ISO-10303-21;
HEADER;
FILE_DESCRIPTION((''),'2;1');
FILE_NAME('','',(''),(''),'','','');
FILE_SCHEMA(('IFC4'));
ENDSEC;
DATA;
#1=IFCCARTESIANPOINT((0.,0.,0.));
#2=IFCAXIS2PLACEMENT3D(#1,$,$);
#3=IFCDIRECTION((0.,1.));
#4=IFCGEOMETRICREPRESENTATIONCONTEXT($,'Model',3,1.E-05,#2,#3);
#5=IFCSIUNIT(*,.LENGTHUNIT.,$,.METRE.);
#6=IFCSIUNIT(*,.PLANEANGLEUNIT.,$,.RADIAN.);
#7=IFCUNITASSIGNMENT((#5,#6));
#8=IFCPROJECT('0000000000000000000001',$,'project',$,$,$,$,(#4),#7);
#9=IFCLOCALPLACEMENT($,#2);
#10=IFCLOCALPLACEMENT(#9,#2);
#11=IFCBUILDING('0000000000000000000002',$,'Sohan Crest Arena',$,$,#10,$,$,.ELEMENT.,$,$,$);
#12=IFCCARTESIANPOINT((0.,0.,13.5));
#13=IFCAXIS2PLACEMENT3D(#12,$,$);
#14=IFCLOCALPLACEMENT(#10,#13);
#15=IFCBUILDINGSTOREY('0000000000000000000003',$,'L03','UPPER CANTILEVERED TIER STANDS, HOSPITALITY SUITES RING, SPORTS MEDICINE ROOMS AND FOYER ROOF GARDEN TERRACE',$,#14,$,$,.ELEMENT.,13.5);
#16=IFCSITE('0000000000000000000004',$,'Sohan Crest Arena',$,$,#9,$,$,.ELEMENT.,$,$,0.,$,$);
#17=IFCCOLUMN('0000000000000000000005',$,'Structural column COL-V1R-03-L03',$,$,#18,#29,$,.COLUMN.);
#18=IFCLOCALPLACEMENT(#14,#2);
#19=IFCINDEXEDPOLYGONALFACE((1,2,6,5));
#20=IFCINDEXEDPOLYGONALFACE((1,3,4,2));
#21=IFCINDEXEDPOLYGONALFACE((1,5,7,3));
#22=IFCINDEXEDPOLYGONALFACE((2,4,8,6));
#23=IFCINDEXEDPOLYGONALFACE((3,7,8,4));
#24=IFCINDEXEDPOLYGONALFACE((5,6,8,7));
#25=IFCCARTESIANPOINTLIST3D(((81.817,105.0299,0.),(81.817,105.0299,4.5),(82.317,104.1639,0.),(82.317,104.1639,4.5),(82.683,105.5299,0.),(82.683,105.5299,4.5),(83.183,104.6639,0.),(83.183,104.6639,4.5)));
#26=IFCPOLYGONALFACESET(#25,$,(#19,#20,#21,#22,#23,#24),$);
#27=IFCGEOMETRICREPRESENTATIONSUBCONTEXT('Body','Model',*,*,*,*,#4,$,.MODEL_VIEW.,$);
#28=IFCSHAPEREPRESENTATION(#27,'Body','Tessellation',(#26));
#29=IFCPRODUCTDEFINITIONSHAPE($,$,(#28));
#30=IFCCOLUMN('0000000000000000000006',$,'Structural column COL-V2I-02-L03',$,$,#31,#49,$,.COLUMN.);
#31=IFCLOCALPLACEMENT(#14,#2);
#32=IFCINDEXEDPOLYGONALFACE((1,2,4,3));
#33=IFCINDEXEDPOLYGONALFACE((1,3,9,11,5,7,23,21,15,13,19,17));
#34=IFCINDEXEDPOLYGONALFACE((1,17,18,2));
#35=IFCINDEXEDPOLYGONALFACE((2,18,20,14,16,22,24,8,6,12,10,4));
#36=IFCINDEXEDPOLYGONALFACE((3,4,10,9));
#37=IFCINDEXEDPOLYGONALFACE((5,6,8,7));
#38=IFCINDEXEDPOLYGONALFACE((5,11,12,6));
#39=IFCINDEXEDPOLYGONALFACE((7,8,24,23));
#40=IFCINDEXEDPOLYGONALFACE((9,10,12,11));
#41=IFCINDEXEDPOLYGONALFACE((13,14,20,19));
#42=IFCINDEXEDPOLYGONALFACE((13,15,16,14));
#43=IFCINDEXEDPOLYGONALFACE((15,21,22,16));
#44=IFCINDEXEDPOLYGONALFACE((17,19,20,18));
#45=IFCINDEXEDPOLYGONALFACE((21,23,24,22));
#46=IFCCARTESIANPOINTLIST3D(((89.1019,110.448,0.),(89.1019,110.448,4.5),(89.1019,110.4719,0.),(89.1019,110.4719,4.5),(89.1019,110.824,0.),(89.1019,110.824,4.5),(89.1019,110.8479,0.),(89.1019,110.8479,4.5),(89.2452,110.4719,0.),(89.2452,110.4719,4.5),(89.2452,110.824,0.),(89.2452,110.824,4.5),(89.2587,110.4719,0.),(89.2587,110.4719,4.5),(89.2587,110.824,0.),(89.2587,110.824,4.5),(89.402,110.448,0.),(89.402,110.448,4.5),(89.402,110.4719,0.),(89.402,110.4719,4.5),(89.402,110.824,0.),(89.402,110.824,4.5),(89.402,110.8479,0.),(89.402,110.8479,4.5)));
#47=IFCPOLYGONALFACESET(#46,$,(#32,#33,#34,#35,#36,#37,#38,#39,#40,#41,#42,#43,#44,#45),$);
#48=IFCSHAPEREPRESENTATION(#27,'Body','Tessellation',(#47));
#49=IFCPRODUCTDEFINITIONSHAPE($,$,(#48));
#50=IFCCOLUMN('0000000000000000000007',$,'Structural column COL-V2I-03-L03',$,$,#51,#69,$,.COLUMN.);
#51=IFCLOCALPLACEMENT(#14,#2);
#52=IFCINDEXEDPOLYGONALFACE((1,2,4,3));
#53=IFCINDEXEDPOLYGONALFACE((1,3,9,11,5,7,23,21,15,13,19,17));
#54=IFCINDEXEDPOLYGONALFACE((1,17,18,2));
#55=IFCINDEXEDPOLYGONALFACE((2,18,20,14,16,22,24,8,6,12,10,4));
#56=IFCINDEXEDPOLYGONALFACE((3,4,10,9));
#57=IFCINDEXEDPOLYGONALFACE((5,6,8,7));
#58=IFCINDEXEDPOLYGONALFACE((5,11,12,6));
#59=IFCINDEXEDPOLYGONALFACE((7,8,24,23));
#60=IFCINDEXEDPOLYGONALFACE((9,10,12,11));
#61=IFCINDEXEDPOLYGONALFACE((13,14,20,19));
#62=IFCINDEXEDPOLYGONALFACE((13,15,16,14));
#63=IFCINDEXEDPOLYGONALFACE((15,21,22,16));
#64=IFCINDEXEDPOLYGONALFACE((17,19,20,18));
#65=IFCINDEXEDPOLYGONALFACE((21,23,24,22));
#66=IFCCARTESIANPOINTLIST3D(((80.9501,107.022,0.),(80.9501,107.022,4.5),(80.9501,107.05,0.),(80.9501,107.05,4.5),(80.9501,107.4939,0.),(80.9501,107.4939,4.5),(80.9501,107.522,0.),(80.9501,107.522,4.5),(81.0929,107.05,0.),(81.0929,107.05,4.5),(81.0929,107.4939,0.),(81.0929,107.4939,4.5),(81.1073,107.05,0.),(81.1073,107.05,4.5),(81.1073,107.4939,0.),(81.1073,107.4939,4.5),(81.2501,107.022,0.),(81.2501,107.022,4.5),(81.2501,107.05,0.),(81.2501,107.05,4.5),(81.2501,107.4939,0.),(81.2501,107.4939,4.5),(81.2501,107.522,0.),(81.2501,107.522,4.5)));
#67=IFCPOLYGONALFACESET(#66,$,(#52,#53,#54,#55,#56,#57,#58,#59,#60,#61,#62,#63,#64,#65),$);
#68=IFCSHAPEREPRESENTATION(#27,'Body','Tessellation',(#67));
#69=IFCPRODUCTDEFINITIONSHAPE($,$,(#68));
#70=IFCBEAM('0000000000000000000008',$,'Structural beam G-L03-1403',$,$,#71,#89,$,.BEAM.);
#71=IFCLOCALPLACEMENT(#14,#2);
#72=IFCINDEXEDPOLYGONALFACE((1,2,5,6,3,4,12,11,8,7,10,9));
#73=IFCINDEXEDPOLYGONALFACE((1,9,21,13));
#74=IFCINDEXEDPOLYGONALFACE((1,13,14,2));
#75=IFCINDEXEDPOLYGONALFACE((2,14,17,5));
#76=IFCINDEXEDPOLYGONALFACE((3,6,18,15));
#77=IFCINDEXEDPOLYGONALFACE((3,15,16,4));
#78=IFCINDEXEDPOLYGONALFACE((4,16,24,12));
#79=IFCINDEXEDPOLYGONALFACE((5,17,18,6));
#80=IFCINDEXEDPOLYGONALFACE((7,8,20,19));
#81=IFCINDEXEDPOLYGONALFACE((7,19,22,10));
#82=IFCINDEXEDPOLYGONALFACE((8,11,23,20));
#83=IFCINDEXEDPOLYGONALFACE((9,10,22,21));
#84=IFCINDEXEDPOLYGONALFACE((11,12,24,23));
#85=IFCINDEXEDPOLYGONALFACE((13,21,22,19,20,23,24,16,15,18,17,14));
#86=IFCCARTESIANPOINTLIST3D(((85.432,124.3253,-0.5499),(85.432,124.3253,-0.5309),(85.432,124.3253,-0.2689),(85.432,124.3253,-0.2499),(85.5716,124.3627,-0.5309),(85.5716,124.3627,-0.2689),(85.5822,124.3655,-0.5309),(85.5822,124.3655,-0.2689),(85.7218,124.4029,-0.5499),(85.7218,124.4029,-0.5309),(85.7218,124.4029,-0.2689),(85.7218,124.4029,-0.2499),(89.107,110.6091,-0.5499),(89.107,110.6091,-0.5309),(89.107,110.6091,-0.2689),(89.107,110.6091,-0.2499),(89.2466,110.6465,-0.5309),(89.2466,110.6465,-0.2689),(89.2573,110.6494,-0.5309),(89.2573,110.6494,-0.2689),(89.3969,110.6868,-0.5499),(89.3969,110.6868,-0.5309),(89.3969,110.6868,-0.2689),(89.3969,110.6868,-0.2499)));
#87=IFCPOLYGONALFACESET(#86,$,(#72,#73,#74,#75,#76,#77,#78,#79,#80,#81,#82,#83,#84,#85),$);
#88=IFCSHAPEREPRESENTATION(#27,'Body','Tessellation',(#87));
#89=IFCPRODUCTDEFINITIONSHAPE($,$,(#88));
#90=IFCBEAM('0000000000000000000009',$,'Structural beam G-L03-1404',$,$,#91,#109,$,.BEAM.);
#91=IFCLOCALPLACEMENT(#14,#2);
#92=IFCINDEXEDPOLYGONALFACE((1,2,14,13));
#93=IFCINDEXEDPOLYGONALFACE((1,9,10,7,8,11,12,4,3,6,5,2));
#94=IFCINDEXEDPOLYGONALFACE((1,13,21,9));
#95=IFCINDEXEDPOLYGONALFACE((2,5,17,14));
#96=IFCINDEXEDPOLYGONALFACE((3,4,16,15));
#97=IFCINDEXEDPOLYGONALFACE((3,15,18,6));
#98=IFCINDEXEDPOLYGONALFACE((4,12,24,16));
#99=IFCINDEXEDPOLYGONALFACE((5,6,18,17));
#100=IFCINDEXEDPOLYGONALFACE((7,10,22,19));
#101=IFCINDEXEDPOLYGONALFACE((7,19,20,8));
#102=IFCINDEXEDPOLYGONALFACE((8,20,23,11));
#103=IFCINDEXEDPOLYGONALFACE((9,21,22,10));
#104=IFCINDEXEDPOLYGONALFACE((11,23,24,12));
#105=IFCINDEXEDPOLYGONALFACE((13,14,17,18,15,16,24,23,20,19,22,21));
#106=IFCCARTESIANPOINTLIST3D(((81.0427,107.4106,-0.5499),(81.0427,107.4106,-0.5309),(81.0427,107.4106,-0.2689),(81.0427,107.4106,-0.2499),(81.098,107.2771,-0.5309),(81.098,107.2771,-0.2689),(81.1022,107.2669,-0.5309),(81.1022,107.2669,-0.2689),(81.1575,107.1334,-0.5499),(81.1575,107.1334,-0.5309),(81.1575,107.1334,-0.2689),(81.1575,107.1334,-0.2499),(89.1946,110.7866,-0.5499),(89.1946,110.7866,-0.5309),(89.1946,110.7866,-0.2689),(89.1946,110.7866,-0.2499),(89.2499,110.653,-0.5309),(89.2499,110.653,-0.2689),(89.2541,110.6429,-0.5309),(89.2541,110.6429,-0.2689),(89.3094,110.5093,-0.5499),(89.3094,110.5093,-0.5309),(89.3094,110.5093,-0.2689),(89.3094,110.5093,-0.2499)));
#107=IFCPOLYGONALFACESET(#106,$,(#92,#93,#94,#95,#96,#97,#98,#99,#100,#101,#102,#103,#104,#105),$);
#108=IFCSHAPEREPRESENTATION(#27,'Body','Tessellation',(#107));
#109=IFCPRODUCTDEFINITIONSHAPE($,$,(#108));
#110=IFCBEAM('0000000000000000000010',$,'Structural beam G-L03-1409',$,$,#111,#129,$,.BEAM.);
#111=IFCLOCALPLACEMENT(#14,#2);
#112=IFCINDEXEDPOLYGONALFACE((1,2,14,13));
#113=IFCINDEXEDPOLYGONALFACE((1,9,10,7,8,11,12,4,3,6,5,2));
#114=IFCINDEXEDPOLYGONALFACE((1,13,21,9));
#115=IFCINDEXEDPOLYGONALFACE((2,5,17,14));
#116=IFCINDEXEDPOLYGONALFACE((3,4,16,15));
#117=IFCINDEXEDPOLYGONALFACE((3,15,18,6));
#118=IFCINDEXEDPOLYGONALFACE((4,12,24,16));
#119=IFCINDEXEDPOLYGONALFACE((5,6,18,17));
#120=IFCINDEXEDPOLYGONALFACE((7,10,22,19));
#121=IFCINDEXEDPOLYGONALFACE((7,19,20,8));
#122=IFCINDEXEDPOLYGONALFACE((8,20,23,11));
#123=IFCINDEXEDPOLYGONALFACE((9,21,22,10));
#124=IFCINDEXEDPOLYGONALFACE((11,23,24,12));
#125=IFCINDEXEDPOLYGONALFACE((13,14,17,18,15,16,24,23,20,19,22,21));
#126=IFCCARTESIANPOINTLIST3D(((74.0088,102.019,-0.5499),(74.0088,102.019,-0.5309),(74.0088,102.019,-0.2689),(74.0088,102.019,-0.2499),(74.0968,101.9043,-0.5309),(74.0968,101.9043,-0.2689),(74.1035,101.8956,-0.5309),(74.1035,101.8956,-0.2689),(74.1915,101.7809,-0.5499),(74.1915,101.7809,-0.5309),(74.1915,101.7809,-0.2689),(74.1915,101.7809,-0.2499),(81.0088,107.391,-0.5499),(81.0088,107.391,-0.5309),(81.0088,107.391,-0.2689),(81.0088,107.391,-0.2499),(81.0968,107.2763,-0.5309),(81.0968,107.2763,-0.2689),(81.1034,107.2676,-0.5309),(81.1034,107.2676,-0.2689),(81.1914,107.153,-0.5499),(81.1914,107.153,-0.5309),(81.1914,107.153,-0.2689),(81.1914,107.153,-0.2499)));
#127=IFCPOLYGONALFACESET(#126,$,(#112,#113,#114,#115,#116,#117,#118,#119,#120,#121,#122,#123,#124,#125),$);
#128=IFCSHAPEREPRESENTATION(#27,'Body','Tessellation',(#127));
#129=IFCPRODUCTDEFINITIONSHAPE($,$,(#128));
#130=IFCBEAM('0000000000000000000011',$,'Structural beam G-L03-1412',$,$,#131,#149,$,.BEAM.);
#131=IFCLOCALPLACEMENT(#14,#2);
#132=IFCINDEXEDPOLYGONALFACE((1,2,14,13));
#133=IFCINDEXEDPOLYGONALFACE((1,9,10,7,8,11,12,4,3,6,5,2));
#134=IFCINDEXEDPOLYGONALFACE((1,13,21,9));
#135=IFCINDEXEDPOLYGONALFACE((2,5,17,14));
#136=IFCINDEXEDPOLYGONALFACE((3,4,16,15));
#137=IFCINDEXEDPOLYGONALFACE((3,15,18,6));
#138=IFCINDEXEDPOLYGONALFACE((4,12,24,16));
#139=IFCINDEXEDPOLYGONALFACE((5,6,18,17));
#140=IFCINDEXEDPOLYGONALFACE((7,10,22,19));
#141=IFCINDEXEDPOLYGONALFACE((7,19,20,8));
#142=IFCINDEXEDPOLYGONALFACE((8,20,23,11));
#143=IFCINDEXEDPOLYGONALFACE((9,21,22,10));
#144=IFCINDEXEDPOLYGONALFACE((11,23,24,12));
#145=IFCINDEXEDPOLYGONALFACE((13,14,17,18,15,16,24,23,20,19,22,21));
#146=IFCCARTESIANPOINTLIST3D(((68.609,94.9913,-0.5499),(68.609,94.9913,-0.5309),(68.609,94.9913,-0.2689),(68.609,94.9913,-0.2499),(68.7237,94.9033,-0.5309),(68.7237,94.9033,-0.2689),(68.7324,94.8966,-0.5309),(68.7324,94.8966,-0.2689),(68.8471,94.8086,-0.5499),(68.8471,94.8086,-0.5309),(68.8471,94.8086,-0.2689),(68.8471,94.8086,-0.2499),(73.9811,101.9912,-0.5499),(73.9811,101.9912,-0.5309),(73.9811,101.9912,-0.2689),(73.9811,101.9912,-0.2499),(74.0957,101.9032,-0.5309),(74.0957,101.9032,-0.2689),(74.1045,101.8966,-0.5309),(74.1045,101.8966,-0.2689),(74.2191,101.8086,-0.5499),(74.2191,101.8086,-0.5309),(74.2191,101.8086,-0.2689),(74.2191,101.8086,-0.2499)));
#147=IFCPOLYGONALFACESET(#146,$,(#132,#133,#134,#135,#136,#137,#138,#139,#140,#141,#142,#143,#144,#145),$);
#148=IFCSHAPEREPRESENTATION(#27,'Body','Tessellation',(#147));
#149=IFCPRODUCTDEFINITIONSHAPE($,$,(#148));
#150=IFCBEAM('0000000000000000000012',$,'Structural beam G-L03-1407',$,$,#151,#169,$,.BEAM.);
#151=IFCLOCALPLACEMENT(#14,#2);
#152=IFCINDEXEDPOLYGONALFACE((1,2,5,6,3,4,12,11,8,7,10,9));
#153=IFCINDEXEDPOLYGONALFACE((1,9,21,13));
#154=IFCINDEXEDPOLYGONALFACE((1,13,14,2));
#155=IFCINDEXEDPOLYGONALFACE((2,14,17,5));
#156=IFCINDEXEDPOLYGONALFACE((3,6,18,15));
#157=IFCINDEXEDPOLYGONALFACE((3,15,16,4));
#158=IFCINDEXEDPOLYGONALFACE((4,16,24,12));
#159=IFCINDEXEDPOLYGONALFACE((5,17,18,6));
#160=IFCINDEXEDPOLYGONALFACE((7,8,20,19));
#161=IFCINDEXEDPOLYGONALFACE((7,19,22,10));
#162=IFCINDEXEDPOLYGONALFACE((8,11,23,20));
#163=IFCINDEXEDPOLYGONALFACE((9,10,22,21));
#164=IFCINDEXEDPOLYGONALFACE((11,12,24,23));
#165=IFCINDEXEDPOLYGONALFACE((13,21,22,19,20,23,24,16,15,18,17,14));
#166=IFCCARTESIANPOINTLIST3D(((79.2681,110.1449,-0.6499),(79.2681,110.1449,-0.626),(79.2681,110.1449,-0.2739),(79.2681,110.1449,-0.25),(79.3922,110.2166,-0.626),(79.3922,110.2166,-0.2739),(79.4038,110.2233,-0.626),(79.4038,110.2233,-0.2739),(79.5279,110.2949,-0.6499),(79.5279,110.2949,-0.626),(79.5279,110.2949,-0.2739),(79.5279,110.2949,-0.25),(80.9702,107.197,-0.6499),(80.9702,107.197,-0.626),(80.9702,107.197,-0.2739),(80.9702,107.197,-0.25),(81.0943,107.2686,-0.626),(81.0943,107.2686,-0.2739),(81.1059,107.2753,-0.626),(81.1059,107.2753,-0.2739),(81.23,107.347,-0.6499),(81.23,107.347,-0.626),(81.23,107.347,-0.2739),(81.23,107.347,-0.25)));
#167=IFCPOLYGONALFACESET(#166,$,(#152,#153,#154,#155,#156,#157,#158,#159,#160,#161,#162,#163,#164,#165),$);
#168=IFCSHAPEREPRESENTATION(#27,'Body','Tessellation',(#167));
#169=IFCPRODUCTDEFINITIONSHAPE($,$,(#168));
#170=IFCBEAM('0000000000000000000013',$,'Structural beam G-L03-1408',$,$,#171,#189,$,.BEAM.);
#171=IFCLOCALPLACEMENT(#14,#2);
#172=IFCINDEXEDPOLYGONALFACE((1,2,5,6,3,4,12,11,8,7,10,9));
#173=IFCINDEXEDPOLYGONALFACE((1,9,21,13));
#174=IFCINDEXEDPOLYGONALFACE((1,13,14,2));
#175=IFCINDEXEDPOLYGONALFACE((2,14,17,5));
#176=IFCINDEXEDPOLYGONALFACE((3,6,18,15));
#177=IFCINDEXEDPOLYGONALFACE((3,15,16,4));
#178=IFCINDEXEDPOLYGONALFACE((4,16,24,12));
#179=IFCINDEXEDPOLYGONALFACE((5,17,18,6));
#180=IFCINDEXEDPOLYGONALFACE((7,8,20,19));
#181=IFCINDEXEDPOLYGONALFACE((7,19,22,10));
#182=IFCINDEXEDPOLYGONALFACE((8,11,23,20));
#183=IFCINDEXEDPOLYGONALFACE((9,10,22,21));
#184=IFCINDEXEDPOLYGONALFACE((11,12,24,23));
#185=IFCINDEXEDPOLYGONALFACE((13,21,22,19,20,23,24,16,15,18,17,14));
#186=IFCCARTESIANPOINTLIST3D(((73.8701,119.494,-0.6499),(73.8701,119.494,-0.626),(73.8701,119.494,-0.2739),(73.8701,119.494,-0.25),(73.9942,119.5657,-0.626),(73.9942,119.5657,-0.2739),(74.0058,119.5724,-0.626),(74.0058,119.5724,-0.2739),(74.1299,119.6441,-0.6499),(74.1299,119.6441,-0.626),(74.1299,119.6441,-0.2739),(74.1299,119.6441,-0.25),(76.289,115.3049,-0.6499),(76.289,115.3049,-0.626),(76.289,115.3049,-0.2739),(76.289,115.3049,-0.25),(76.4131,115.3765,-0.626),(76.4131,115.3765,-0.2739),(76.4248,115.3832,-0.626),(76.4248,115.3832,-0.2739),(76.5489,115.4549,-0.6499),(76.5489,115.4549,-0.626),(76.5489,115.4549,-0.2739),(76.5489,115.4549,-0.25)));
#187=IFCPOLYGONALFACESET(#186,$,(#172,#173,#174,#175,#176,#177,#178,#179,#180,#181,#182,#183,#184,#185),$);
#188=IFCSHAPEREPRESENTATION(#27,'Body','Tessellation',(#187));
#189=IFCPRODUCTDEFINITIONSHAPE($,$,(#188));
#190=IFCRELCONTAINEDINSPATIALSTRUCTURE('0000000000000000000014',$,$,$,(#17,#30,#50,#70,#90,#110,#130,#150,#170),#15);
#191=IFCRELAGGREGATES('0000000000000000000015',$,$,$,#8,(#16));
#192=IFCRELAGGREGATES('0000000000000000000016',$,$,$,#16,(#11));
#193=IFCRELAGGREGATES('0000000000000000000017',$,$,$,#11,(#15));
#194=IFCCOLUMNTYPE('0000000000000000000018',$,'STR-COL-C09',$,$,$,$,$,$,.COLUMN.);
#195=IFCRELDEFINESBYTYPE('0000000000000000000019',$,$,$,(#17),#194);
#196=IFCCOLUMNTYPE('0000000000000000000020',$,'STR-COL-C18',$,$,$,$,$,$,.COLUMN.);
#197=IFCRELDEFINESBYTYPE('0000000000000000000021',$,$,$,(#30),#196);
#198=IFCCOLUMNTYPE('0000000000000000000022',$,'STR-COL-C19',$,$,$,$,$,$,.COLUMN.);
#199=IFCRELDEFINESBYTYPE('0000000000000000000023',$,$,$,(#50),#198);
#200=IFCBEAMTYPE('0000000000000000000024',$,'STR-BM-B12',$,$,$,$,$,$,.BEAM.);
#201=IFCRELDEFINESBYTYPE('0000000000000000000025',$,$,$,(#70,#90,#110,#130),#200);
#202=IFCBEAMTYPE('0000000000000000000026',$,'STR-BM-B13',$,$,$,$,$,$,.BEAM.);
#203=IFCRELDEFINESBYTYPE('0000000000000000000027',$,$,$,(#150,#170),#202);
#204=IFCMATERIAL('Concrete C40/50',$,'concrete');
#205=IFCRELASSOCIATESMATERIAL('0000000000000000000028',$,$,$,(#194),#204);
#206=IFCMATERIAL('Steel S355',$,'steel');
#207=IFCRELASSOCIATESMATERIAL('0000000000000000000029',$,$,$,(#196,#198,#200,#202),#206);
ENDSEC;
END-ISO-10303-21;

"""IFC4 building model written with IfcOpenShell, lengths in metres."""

from ifc_helpers import new_model, si_unit, direction, frame, origin, origin_2d, place, context, subcontext, project, spatial, rectangle, i_section, extrude, material, material_profile, profile_set, type_object, element, save


model = new_model("IFC4")

# Units and contexts
model_context = context("Model", 3, precision=1e-05, world=origin(), true_north=direction((0.0, 1.0)))
body_context = subcontext(model_context, "Body", "Model", "MODEL_VIEW")
ifc_project = project(units=[si_unit("LENGTHUNIT", "METRE"), si_unit("PLANEANGLEUNIT", "RADIAN")], contexts=[model_context])

# Site, building, storey
site_placement = place(None, origin())
site = spatial("IfcSite", under=ifc_project, at=site_placement, Name="Sohan Crest Arena", CompositionType="ELEMENT", RefElevation=0.0)
building_placement = place(site_placement, origin())
building = spatial("IfcBuilding", under=site, at=building_placement, Name="Sohan Crest Arena", CompositionType="ELEMENT")
storey_placement = place(building_placement, frame((0.0, 0.0, 13.5)))
storey = spatial("IfcBuildingStorey", under=building, at=storey_placement, Name="L03", Description="UPPER CANTILEVERED TIER STANDS, HOSPITALITY SUITES RING, SPORTS MEDICINE ROOMS AND FOYER ROOF GARDEN TERRACE", CompositionType="ELEMENT", Elevation=13.5)

# Columns
ifc_material_1 = material(Name="Concrete C40/50", Category="concrete")
ifc_material_profile_1 = material_profile(ifc_material_1, rectangle(XDim=1.0, YDim=1.0, at=origin_2d()), Name="RC 1000x1000")
ifc_profile_set_1 = profile_set([ifc_material_profile_1], Name="Concrete C40/50")
column_type_1 = type_object("IfcColumnType", Name="STR-COL-C09", PredefinedType="COLUMN", material=ifc_profile_set_1)
column_1_placement = place(storey_placement, frame((82.5, 104.8469, 0.0), z_axis=(0.0, 0.0, 1.0), x_axis=(-0.5, 0.866025, 0.0)))
element("IfcColumn", 1, at=column_1_placement, inside=storey, type_object=column_type_1, Name="Structural column COL-V1R-03-L03", PredefinedType="COLUMN", context=body_context, shape_type="SweptSolid", body=[
    extrude(rectangle(XDim=1.0, YDim=1.0, at=origin_2d()), origin(), (0.0, 0.0, 1.0), 4.5),
])
ifc_material_2 = material(Name="Steel S355", Category="steel")
ifc_material_profile_2 = material_profile(ifc_material_2, i_section(OverallWidth=0.3, OverallDepth=0.3999, WebThickness=0.0134, FlangeThickness=0.0239, at=origin_2d()), Name="HEB 400")
ifc_profile_set_2 = profile_set([ifc_material_profile_2], Name="Steel S355")
column_type_2 = type_object("IfcColumnType", Name="STR-COL-C18", PredefinedType="COLUMN", material=ifc_profile_set_2)
column_2_placement = place(storey_placement, frame((89.252, 110.6479, 0.0), z_axis=(0.0, 0.0, 1.0), x_axis=(1.0, 0.0, 0.0)))
element("IfcColumn", 2, at=column_2_placement, inside=storey, type_object=column_type_2, Name="Structural column COL-V2I-02-L03", PredefinedType="COLUMN", context=body_context, shape_type="SweptSolid", body=[
    extrude(i_section(OverallWidth=0.3, OverallDepth=0.3999, WebThickness=0.0134, FlangeThickness=0.0239, at=origin_2d()), origin(), (0.0, 0.0, 1.0), 4.5),
])
ifc_material_profile_3 = material_profile(ifc_material_2, i_section(OverallWidth=0.3, OverallDepth=0.5, WebThickness=0.0144, FlangeThickness=0.0281, at=origin_2d()), Name="HEB 500")
ifc_profile_set_3 = profile_set([ifc_material_profile_3], Name="Steel S355")
column_type_3 = type_object("IfcColumnType", Name="STR-COL-C19", PredefinedType="COLUMN", material=ifc_profile_set_3)
column_3_placement = place(storey_placement, frame((81.1001, 107.272, 0.0), z_axis=(0.0, 0.0, 1.0), x_axis=(1.0, 0.0, 0.0)))
element("IfcColumn", 3, at=column_3_placement, inside=storey, type_object=column_type_3, Name="Structural column COL-V2I-03-L03", PredefinedType="COLUMN", context=body_context, shape_type="SweptSolid", body=[
    extrude(i_section(OverallWidth=0.3, OverallDepth=0.5, WebThickness=0.0144, FlangeThickness=0.0281, at=origin_2d()), origin(), (0.0, 0.0, 1.0), 4.5),
])

# Beams
ifc_material_profile_4 = material_profile(ifc_material_2, i_section(OverallWidth=0.3, OverallDepth=0.3, WebThickness=0.011, FlangeThickness=0.019, at=origin_2d()), Name="HEB 300")
ifc_profile_set_4 = profile_set([ifc_material_profile_4], Name="Steel S355")
beam_type_1 = type_object("IfcBeamType", Name="STR-BM-B12", PredefinedType="BEAM", material=ifc_profile_set_4)
beam_1_placement = place(storey_placement, frame((89.252, 110.6479, -0.3999), z_axis=(-0.258809, 0.965929, 0.0), x_axis=(-0.965929, -0.258809, 0.0)))
element("IfcBeam", 4, at=beam_1_placement, inside=storey, type_object=beam_type_1, Name="Structural beam G-L03-1403", PredefinedType="BEAM", context=body_context, shape_type="SweptSolid", body=[
    extrude(i_section(OverallWidth=0.3, OverallDepth=0.3, WebThickness=0.011, FlangeThickness=0.019, at=origin_2d()), origin(), (0.0, 0.0, 1.0), 14.2),
])
beam_2_placement = place(storey_placement, frame((89.252, 110.6479, -0.3999), z_axis=(-0.923905, -0.382622, 0.0), x_axis=(0.382622, -0.923905, 0.0)))
element("IfcBeam", 5, at=beam_2_placement, inside=storey, type_object=beam_type_1, Name="Structural beam G-L03-1404", PredefinedType="BEAM", context=body_context, shape_type="SweptSolid", body=[
    extrude(i_section(OverallWidth=0.3, OverallDepth=0.3, WebThickness=0.011, FlangeThickness=0.019, at=origin_2d()), origin(), (0.0, 0.0, 1.0), 8.8232),
])
for number, where, z_axis, x_axis, name in (
    (6, (81.1001, 107.272, -0.3999), (-0.793311, -0.608817, 0.0), (0.608817, -0.793311, 0.0), "Structural beam G-L03-1409"),
    (7, (74.1001, 101.8999, -0.3999), (-0.608817, -0.793311, 0.0), (0.793311, -0.608817, 0.0), "Structural beam G-L03-1412"),
):
    element("IfcBeam", number, at=place(storey_placement, frame(where, z_axis=z_axis, x_axis=x_axis)), inside=storey, type_object=beam_type_1, Name=name, PredefinedType="BEAM", context=body_context, shape_type="SweptSolid", body=[
        extrude(i_section(OverallWidth=0.3, OverallDepth=0.3, WebThickness=0.011, FlangeThickness=0.019, at=origin_2d()), origin(), (0.0, 0.0, 1.0), 8.8237),
    ])
ifc_material_profile_5 = material_profile(ifc_material_2, i_section(OverallWidth=0.3, OverallDepth=0.3999, WebThickness=0.0134, FlangeThickness=0.0239, at=origin_2d()), Name="HEB 400")
ifc_profile_set_5 = profile_set([ifc_material_profile_5], Name="Steel S355")
beam_type_2 = type_object("IfcBeamType", Name="STR-BM-B13", PredefinedType="BEAM", material=ifc_profile_set_5)
beam_3_placement = place(storey_placement, frame((81.1001, 107.272, -0.45), z_axis=(-0.500027, 0.86601, 0.0), x_axis=(-0.86601, -0.500027, 0.0)))
element("IfcBeam", 8, at=beam_3_placement, inside=storey, type_object=beam_type_2, Name="Structural beam G-L03-1407", PredefinedType="BEAM", context=body_context, shape_type="SweptSolid", body=[
    extrude(i_section(OverallWidth=0.3, OverallDepth=0.3999, WebThickness=0.0134, FlangeThickness=0.0239, at=origin_2d()), origin(), (0.0, 0.0, 1.0), 3.4041),
])
beam_4_placement = place(storey_placement, frame((76.4189, 115.3799, -0.45), z_axis=(-0.500047, 0.865998, 0.0), x_axis=(-0.865998, -0.500047, 0.0)))
element("IfcBeam", 9, at=beam_4_placement, inside=storey, type_object=beam_type_2, Name="Structural beam G-L03-1408", PredefinedType="BEAM", context=body_context, shape_type="SweptSolid", body=[
    extrude(i_section(OverallWidth=0.3, OverallDepth=0.3999, WebThickness=0.0134, FlangeThickness=0.0239, at=origin_2d()), origin(), (0.0, 0.0, 1.0), 4.8374),
])

save(model, "model.ifc")
